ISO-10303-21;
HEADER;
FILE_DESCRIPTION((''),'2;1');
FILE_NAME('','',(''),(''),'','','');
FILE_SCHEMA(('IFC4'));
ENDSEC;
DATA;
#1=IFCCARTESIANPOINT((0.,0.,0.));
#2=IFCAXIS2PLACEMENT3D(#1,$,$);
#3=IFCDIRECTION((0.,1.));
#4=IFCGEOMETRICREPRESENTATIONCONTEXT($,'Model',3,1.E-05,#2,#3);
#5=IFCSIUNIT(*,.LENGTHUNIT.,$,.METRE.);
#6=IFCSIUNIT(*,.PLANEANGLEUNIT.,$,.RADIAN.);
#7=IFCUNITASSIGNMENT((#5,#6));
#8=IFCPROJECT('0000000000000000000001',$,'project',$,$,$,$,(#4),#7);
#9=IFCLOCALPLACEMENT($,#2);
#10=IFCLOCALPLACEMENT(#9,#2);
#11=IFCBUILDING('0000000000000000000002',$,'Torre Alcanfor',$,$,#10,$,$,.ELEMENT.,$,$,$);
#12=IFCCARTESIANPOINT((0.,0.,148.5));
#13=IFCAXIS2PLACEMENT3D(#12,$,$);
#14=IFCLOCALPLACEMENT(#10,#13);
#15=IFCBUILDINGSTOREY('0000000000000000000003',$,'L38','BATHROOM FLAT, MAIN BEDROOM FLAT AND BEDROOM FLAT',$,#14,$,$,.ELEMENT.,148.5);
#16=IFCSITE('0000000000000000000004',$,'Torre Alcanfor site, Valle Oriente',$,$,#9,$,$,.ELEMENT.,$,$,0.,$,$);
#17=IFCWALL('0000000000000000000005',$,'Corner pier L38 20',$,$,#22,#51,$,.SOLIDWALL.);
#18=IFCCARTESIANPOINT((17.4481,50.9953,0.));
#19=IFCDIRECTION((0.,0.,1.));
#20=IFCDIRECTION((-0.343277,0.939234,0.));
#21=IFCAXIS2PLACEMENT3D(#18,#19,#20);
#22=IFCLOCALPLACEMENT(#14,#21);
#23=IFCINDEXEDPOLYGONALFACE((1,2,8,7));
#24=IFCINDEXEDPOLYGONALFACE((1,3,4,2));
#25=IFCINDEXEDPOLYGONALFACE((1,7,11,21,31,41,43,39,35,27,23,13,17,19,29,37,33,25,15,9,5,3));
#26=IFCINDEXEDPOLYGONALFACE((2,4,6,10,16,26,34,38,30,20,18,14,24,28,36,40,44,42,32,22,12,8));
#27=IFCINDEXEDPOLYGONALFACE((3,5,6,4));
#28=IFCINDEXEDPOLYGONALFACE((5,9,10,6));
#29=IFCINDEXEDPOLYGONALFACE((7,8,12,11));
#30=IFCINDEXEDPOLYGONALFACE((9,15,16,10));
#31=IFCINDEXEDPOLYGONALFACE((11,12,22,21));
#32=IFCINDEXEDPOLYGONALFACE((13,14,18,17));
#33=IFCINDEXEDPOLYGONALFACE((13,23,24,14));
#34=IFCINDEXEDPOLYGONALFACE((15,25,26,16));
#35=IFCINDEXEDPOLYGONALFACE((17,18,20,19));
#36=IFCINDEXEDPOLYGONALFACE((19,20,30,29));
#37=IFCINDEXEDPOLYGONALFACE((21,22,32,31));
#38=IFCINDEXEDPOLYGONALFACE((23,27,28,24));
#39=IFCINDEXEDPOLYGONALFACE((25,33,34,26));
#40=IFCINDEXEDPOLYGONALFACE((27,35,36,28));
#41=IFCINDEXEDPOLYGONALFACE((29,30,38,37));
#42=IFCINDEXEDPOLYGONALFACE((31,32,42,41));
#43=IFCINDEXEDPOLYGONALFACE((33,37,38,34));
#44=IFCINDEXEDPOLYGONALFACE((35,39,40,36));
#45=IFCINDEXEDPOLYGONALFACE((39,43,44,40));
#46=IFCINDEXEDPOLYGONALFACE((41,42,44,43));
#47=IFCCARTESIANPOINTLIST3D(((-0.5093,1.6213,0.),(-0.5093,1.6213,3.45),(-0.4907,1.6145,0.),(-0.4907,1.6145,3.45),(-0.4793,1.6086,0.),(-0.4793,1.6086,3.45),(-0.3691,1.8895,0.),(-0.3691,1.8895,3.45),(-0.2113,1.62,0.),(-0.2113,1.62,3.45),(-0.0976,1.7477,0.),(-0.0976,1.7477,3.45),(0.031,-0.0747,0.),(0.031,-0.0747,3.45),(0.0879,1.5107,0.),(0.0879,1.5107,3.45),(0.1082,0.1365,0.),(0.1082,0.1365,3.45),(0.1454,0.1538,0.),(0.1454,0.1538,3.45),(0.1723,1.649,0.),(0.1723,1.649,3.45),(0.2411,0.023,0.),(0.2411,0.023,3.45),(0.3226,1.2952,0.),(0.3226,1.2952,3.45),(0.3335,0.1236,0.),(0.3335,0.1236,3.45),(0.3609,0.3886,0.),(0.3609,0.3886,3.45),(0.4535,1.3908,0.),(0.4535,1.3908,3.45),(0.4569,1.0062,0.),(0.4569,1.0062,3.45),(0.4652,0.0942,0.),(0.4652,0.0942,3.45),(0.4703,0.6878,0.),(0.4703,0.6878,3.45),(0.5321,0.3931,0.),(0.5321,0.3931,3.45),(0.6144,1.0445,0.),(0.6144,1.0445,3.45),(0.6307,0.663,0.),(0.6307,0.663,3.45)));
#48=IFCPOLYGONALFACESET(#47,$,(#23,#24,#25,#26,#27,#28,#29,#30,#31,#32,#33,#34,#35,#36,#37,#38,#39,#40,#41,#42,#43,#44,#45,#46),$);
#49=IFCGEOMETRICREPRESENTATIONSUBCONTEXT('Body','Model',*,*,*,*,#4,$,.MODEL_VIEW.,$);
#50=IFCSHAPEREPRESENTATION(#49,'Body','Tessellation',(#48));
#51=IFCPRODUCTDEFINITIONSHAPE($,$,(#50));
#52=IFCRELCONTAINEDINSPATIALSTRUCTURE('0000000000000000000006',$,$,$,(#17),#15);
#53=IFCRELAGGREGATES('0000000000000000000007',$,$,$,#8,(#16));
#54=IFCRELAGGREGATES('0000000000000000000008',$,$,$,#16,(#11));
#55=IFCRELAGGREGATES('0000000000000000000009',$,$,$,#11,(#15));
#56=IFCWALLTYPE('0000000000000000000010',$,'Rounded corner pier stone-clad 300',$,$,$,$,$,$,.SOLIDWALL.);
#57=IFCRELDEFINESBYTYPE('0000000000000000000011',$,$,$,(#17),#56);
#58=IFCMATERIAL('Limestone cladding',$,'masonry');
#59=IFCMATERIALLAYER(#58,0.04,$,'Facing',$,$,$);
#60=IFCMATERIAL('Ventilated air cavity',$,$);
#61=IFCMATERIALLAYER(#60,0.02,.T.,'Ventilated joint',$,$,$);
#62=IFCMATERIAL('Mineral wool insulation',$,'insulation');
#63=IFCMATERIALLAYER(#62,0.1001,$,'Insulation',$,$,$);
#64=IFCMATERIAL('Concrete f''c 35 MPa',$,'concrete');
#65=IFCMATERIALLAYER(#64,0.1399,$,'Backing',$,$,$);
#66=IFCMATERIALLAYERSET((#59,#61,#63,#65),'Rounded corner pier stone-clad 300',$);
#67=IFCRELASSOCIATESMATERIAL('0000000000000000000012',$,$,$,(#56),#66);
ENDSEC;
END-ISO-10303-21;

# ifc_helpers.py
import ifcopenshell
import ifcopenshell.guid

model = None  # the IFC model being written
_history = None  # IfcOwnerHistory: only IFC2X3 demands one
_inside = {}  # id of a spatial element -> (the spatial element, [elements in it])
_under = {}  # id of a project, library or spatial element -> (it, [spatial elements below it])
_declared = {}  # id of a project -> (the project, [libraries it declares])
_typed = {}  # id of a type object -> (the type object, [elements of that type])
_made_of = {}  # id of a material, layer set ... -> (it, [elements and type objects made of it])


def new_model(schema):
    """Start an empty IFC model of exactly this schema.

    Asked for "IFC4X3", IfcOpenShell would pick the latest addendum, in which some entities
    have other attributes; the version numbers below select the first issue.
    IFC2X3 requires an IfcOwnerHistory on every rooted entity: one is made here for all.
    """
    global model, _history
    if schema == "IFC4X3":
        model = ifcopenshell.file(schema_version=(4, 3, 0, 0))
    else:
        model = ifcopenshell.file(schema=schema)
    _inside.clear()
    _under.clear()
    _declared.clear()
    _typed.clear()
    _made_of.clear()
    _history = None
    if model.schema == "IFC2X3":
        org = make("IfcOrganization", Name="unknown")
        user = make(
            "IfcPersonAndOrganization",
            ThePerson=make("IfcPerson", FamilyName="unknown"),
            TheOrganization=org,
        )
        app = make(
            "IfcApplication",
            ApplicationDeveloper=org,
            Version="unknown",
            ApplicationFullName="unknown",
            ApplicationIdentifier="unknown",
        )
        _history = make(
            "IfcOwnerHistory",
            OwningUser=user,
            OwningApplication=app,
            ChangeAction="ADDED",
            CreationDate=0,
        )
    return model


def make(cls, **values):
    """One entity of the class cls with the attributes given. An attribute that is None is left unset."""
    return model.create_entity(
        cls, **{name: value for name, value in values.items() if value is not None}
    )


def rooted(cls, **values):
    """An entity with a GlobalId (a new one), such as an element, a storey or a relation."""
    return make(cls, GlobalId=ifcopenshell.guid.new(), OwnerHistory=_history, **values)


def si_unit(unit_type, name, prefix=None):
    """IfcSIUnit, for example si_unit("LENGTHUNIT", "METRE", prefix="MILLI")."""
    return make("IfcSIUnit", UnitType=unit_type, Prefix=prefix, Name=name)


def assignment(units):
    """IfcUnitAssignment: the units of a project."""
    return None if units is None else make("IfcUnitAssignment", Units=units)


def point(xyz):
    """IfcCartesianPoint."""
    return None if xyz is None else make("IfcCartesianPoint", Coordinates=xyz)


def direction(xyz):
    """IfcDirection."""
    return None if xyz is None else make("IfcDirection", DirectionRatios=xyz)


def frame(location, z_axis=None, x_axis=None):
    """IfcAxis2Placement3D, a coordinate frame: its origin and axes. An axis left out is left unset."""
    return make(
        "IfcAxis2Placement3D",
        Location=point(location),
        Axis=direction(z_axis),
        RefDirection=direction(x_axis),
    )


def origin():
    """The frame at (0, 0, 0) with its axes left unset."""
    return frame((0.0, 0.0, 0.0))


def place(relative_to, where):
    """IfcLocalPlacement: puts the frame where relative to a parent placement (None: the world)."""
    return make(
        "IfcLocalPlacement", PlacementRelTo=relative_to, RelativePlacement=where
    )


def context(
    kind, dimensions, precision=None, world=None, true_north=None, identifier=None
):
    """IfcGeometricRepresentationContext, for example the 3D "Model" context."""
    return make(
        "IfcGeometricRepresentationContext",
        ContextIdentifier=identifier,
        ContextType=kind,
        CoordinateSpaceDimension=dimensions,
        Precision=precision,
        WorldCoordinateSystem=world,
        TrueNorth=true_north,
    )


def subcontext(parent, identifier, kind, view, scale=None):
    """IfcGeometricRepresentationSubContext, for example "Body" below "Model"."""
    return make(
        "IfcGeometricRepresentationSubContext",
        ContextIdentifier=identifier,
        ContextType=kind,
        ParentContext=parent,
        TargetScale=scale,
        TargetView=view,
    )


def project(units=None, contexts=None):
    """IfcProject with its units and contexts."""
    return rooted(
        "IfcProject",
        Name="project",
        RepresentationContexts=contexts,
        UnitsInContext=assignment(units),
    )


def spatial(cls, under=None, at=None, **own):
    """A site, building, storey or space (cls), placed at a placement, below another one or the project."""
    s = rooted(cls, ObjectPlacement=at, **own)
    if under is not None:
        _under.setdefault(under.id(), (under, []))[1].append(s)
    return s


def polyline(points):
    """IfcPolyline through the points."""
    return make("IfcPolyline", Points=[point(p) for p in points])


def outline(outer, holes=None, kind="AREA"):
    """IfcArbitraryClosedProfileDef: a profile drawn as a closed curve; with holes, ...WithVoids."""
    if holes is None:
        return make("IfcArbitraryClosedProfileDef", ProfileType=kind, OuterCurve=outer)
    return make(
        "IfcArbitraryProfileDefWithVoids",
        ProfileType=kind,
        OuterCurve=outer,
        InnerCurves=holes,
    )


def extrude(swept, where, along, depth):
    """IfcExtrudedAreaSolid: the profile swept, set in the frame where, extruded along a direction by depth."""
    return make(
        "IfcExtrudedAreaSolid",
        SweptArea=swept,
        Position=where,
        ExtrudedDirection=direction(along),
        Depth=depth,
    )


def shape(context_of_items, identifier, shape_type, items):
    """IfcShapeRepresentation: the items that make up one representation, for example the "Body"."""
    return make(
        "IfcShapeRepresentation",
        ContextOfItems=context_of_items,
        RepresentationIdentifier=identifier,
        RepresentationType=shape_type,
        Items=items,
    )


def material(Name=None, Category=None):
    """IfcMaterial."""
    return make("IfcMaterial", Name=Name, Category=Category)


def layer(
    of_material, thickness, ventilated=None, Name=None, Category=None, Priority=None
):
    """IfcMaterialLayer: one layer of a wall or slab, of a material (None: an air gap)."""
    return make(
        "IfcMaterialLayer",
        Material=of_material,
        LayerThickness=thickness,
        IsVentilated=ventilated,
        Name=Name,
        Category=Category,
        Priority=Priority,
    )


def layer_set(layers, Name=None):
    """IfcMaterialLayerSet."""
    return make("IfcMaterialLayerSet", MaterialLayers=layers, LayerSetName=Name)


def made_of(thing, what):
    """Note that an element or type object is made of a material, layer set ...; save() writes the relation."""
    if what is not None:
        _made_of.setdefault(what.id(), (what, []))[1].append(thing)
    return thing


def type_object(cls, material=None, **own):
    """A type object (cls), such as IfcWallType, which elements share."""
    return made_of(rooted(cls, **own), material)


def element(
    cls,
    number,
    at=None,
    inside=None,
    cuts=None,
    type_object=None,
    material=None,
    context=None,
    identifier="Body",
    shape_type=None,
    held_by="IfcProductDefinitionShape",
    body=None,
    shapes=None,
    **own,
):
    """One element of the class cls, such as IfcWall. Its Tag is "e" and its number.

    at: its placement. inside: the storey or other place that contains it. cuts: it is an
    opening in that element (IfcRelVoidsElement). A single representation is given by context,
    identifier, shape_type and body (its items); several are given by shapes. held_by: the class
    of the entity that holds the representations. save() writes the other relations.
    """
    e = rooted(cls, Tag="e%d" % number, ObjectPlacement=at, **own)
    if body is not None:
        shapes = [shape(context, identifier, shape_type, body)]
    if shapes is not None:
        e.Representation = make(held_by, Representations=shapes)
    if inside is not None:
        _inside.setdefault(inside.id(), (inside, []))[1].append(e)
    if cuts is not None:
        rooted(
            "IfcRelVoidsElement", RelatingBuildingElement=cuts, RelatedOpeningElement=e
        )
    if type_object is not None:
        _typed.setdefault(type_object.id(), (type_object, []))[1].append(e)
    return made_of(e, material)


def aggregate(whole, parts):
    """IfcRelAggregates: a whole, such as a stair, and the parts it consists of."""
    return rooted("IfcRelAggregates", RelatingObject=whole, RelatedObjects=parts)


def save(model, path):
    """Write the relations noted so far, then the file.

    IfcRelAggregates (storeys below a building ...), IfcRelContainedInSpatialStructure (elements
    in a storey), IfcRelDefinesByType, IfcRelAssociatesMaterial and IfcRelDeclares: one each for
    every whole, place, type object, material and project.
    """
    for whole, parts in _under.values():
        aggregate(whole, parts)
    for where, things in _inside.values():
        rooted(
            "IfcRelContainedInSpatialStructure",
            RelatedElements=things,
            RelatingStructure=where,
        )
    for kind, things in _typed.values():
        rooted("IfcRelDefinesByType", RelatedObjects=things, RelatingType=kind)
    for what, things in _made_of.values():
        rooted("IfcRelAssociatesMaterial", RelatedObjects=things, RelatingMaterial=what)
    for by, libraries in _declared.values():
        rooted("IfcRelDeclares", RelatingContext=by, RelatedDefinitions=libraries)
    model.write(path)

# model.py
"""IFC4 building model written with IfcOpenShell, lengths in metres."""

from ifc_helpers import new_model, si_unit, direction, frame, origin, place, context, subcontext, project, spatial, polyline, outline, extrude, material, layer, layer_set, type_object, element, save


model = new_model("IFC4")

# Units and contexts
model_context = context("Model", 3, precision=1e-05, world=origin(), true_north=direction((0.0, 1.0)))
body_context = subcontext(model_context, "Body", "Model", "MODEL_VIEW")
ifc_project = project(units=[si_unit("LENGTHUNIT", "METRE"), si_unit("PLANEANGLEUNIT", "RADIAN")], contexts=[model_context])

# Site, building, storey
site_placement = place(None, origin())
site = spatial("IfcSite", under=ifc_project, at=site_placement, Name="Torre Alcanfor site, Valle Oriente", CompositionType="ELEMENT", RefElevation=0.0)
building_placement = place(site_placement, origin())
building = spatial("IfcBuilding", under=site, at=building_placement, Name="Torre Alcanfor", CompositionType="ELEMENT")
storey_placement = place(building_placement, frame((0.0, 0.0, 148.5)))
storey = spatial("IfcBuildingStorey", under=building, at=storey_placement, Name="L38", Description="BATHROOM FLAT, MAIN BEDROOM FLAT AND BEDROOM FLAT", CompositionType="ELEMENT", Elevation=148.5)

# Shared definitions
ifc_material_1 = material(Name="Limestone cladding", Category="masonry")
ifc_material_2 = material(Name="Ventilated air cavity")
ifc_material_3 = material(Name="Mineral wool insulation", Category="insulation")
ifc_material_4 = material(Name="Concrete f'c 35 MPa", Category="concrete")

# Wall
ifc_layer_1 = layer(ifc_material_1, 0.04, Name="Facing")
ifc_layer_2 = layer(ifc_material_2, 0.02, ventilated=True, Name="Ventilated joint")
ifc_layer_3 = layer(ifc_material_3, 0.1001, Name="Insulation")
ifc_layer_4 = layer(ifc_material_4, 0.1399, Name="Backing")
ifc_layer_set_1 = layer_set([ifc_layer_1, ifc_layer_2, ifc_layer_3, ifc_layer_4], Name="Rounded corner pier stone-clad 300")
wall_type_1 = type_object("IfcWallType", Name="Rounded corner pier stone-clad 300", PredefinedType="SOLIDWALL", material=ifc_layer_set_1)
wall_1_placement = place(storey_placement, frame((17.4481, 50.9953, 0.0), z_axis=(0.0, 0.0, 1.0), x_axis=(-0.343277, 0.939234, 0.0)))
element("IfcWall", 1, at=wall_1_placement, inside=storey, type_object=wall_type_1, Name="Corner pier L38 20", PredefinedType="SOLIDWALL", context=body_context, shape_type="SweptSolid", body=[
    extrude(outline(polyline([(0.2411, 0.023), (0.3335, 0.1236), (0.4652, 0.0942), (0.5321, 0.3931), (0.6307, 0.663), (0.6144, 1.0445), (0.4535, 1.3908), (0.1723, 1.649), (-0.0976, 1.7477), (-0.3691, 1.8895), (-0.5093, 1.6213), (-0.4907, 1.6145), (-0.4793, 1.6086), (-0.2113, 1.62), (0.0879, 1.5107), (0.3226, 1.2952), (0.4569, 1.0062), (0.4703, 0.6878), (0.3609, 0.3886), (0.1454, 0.1538), (0.1082, 0.1365), (0.031, -0.0747), (0.2411, 0.023)])), origin(), (0.0, 0.0, 1.0), 3.45),
])

save(model, "model.ifc")
